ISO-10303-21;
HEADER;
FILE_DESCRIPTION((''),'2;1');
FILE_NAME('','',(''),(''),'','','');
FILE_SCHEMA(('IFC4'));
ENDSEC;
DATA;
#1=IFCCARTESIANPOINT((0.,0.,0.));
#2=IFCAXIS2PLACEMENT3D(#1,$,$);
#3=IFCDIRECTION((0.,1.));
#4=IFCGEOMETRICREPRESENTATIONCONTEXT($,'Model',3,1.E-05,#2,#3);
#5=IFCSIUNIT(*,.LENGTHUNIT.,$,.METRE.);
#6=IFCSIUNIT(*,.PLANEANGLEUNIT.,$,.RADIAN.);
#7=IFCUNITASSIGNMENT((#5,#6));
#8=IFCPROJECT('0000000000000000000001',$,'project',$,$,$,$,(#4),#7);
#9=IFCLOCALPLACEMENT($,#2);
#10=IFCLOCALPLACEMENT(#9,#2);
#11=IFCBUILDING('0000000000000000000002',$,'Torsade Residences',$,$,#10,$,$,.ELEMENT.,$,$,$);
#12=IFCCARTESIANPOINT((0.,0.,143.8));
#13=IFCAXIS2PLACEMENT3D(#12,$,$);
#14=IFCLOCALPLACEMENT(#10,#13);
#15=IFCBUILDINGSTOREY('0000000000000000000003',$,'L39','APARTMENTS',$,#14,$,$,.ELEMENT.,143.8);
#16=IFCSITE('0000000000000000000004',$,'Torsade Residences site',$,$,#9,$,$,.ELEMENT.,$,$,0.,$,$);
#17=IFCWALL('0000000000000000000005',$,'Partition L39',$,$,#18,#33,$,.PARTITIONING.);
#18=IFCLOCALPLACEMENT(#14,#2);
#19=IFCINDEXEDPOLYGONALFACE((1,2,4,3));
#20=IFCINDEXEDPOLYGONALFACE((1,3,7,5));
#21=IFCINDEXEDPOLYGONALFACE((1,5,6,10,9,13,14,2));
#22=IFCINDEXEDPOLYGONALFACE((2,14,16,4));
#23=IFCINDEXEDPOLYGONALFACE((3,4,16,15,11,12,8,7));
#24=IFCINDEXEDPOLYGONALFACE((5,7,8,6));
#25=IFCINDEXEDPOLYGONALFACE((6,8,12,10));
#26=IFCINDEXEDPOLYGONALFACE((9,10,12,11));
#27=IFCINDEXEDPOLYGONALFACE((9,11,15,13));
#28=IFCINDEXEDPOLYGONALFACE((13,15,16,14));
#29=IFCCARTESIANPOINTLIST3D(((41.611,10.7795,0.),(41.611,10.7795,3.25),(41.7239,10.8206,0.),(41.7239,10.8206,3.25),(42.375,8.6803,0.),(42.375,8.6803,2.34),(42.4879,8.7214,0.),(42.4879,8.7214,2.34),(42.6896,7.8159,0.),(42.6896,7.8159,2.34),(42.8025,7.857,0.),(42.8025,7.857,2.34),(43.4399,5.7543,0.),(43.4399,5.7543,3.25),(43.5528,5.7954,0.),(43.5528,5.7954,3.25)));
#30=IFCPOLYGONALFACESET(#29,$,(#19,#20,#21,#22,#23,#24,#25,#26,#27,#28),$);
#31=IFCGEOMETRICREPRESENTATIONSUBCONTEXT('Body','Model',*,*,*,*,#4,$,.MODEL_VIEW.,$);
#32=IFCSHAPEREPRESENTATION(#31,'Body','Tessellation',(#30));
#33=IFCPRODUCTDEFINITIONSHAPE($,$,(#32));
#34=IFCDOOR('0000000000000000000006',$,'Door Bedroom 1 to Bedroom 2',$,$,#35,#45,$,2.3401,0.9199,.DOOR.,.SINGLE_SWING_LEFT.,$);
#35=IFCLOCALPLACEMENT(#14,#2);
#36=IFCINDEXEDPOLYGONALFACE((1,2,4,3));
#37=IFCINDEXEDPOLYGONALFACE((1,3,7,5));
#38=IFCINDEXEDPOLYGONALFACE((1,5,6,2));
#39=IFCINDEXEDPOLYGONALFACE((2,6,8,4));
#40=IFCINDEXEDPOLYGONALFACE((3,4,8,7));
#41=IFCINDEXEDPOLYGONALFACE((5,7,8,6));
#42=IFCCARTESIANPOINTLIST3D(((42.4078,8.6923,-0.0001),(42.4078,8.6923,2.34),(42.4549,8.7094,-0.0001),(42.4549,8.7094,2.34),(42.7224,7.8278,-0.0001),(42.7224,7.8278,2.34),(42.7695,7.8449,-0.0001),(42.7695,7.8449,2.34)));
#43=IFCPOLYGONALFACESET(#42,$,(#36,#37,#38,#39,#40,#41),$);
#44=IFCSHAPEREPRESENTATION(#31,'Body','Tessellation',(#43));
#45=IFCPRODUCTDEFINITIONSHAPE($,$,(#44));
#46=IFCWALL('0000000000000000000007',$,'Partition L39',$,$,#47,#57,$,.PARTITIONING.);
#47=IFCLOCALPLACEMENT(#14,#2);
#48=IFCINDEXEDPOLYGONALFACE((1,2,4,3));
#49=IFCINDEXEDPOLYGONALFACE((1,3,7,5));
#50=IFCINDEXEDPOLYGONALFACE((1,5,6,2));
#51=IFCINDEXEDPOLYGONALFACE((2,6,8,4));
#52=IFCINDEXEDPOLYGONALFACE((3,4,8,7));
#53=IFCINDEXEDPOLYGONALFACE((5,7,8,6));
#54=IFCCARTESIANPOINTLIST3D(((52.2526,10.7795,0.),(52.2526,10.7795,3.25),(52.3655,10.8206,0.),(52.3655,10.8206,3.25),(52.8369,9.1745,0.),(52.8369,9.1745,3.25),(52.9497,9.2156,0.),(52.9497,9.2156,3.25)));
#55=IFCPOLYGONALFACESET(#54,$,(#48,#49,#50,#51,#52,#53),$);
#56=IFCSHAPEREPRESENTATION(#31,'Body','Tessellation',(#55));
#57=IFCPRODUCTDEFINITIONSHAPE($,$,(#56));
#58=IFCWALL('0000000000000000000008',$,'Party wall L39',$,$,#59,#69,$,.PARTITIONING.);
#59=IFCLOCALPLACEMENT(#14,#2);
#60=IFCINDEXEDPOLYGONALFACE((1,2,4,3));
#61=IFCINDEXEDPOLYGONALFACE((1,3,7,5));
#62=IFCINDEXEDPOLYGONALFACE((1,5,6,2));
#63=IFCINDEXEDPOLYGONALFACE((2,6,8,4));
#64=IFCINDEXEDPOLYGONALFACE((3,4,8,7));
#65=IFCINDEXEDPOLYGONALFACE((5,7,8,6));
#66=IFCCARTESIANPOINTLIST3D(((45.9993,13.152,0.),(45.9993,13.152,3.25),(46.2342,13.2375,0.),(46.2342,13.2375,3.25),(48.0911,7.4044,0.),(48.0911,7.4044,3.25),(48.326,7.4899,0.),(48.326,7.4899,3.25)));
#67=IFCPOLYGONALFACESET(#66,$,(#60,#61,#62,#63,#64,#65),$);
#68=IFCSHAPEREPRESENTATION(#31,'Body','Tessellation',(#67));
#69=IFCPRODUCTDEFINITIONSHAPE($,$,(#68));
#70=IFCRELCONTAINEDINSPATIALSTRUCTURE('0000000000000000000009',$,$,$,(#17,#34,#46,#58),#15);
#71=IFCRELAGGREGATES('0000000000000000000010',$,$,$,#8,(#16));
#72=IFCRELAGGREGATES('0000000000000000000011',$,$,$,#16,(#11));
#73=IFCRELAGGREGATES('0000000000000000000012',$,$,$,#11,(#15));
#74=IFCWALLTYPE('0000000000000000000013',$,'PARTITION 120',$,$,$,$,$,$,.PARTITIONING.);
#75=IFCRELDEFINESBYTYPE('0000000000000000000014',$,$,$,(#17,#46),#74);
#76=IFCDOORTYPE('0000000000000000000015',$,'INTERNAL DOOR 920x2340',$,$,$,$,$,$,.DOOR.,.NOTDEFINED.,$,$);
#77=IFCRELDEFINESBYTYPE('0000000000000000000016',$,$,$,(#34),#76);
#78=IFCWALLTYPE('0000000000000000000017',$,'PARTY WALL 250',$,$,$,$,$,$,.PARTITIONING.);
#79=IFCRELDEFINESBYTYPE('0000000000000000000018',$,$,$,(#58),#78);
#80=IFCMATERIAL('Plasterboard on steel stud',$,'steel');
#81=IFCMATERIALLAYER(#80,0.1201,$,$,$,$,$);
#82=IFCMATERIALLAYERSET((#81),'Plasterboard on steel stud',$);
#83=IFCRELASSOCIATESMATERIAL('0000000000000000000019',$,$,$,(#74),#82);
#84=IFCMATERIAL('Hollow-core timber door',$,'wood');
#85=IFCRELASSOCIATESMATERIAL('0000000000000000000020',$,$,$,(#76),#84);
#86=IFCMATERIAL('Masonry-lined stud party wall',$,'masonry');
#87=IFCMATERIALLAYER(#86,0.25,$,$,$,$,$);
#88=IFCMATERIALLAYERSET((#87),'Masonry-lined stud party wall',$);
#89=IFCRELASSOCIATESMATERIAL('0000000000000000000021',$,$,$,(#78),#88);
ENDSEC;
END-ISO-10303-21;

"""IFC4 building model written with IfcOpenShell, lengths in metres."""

from ifc_helpers import new_model, si_unit, direction, frame, frame_2d, origin, place, context, subcontext, project, spatial, rectangle, extrude, material, layer, layer_set, type_object, element, fill, save


model = new_model("IFC4")

# Units and contexts
model_context = context("Model", 3, precision=1e-05, world=origin(), true_north=direction((0.0, 1.0)))
body_context = subcontext(model_context, "Body", "Model", "MODEL_VIEW")
ifc_project = project(units=[si_unit("LENGTHUNIT", "METRE"), si_unit("PLANEANGLEUNIT", "RADIAN")], contexts=[model_context])

# Site, building, storey
site_placement = place(None, origin())
site = spatial("IfcSite", under=ifc_project, at=site_placement, Name="Torsade Residences site", CompositionType="ELEMENT", RefElevation=0.0)
building_placement = place(site_placement, origin())
building = spatial("IfcBuilding", under=site, at=building_placement, Name="Torsade Residences", CompositionType="ELEMENT")
storey_placement = place(building_placement, frame((0.0, 0.0, 143.8)))
storey = spatial("IfcBuildingStorey", under=building, at=storey_placement, Name="L39", Description="APARTMENTS", CompositionType="ELEMENT", Elevation=143.8)

# Wall, opening, door
ifc_material_1 = material(Name="Plasterboard on steel stud", Category="steel")
ifc_layer_1 = layer(ifc_material_1, 0.1201)
ifc_layer_set_1 = layer_set([ifc_layer_1], Name="Plasterboard on steel stud")
wall_type_1 = type_object("IfcWallType", Name="PARTITION 120", PredefinedType="PARTITIONING", material=ifc_layer_set_1)
wall_1_placement = place(storey_placement, frame((41.6675, 10.8, 0.0), z_axis=(0.0, 0.0, 1.0), x_axis=(0.341996, -0.939701, 0.0)))
wall_1 = element("IfcWall", 1, at=wall_1_placement, inside=storey, type_object=wall_type_1, Name="Partition L39", PredefinedType="PARTITIONING", context=body_context, shape_type="SweptSolid", body=[
    extrude(rectangle(XDim=5.3477, YDim=0.1201, at=frame_2d((2.6738, 0.0))), origin(), (0.0, 0.0, 1.0), 3.25),
])
opening_1_placement = place(wall_1_placement, frame((2.2339, 0.0, 0.0)))
opening_1 = element("IfcOpeningElement", 2, at=opening_1_placement, cuts=wall_1, PredefinedType="OPENING", context=body_context, shape_type="SweptSolid", body=[
    extrude(rectangle(XDim=0.9199, YDim=2.3401, at=frame_2d((0.46, 1.1699))), frame((0.0, 0.0701, 0.0), z_axis=(0.0, -1.0, 0.0), x_axis=(1.0, 0.0, 0.0)), (0.0, 0.0, 1.0), 0.1401),
])
ifc_material_2 = material(Name="Hollow-core timber door", Category="wood")
door_type_1 = type_object("IfcDoorType", Name="INTERNAL DOOR 920x2340", OperationType="NOTDEFINED", PredefinedType="DOOR", material=ifc_material_2)
door_1_placement = place(opening_1_placement, origin())
door_1 = element("IfcDoor", 3, at=door_1_placement, inside=storey, type_object=door_type_1, Name="Door Bedroom 1 to Bedroom 2", OperationType="SINGLE_SWING_LEFT", OverallHeight=2.3401, OverallWidth=0.9199, PredefinedType="DOOR", context=body_context, shape_type="SweptSolid", body=[
    extrude(rectangle(XDim=0.9199, YDim=2.3401, at=frame_2d((0.46, 1.1699))), frame((0.0, 0.0249, 0.0), z_axis=(0.0, -1.0, 0.0), x_axis=(1.0, 0.0, 0.0)), (0.0, 0.0, 1.0), 0.05),
])
fill(opening_1, door_1)

# Walls
wall_2_placement = place(storey_placement, frame((52.8933, 9.1951, 0.0), z_axis=(0.0, 0.0, 1.0), x_axis=(-0.342053, 0.939681, 0.0)))
element("IfcWall", 4, at=wall_2_placement, inside=storey, type_object=wall_type_1, Name="Partition L39", PredefinedType="PARTITIONING", context=body_context, shape_type="SweptSolid", body=[
    extrude(rectangle(XDim=1.708, YDim=0.1201, at=frame_2d((0.854, 0.0))), origin(), (0.0, 0.0, 1.0), 3.25),
])
ifc_material_3 = material(Name="Masonry-lined stud party wall", Category="masonry")
ifc_layer_2 = layer(ifc_material_3, 0.25)
ifc_layer_set_2 = layer_set([ifc_layer_2], Name="Masonry-lined stud party wall")
wall_type_2 = type_object("IfcWallType", Name="PARTY WALL 250", PredefinedType="PARTITIONING", material=ifc_layer_set_2)
wall_3_placement = place(storey_placement, frame((48.2085, 7.4473, 0.0), z_axis=(0.0, 0.0, 1.0), x_axis=(-0.341999, 0.9397, 0.0)))
element("IfcWall", 5, at=wall_3_placement, inside=storey, type_object=wall_type_2, Name="Party wall L39", PredefinedType="PARTITIONING", context=body_context, shape_type="SweptSolid", body=[
    extrude(rectangle(XDim=6.1165, YDim=0.25, at=frame_2d((3.0581, 0.0))), origin(), (0.0, 0.0, 1.0), 3.25),
])

save(model, "model.ifc")
